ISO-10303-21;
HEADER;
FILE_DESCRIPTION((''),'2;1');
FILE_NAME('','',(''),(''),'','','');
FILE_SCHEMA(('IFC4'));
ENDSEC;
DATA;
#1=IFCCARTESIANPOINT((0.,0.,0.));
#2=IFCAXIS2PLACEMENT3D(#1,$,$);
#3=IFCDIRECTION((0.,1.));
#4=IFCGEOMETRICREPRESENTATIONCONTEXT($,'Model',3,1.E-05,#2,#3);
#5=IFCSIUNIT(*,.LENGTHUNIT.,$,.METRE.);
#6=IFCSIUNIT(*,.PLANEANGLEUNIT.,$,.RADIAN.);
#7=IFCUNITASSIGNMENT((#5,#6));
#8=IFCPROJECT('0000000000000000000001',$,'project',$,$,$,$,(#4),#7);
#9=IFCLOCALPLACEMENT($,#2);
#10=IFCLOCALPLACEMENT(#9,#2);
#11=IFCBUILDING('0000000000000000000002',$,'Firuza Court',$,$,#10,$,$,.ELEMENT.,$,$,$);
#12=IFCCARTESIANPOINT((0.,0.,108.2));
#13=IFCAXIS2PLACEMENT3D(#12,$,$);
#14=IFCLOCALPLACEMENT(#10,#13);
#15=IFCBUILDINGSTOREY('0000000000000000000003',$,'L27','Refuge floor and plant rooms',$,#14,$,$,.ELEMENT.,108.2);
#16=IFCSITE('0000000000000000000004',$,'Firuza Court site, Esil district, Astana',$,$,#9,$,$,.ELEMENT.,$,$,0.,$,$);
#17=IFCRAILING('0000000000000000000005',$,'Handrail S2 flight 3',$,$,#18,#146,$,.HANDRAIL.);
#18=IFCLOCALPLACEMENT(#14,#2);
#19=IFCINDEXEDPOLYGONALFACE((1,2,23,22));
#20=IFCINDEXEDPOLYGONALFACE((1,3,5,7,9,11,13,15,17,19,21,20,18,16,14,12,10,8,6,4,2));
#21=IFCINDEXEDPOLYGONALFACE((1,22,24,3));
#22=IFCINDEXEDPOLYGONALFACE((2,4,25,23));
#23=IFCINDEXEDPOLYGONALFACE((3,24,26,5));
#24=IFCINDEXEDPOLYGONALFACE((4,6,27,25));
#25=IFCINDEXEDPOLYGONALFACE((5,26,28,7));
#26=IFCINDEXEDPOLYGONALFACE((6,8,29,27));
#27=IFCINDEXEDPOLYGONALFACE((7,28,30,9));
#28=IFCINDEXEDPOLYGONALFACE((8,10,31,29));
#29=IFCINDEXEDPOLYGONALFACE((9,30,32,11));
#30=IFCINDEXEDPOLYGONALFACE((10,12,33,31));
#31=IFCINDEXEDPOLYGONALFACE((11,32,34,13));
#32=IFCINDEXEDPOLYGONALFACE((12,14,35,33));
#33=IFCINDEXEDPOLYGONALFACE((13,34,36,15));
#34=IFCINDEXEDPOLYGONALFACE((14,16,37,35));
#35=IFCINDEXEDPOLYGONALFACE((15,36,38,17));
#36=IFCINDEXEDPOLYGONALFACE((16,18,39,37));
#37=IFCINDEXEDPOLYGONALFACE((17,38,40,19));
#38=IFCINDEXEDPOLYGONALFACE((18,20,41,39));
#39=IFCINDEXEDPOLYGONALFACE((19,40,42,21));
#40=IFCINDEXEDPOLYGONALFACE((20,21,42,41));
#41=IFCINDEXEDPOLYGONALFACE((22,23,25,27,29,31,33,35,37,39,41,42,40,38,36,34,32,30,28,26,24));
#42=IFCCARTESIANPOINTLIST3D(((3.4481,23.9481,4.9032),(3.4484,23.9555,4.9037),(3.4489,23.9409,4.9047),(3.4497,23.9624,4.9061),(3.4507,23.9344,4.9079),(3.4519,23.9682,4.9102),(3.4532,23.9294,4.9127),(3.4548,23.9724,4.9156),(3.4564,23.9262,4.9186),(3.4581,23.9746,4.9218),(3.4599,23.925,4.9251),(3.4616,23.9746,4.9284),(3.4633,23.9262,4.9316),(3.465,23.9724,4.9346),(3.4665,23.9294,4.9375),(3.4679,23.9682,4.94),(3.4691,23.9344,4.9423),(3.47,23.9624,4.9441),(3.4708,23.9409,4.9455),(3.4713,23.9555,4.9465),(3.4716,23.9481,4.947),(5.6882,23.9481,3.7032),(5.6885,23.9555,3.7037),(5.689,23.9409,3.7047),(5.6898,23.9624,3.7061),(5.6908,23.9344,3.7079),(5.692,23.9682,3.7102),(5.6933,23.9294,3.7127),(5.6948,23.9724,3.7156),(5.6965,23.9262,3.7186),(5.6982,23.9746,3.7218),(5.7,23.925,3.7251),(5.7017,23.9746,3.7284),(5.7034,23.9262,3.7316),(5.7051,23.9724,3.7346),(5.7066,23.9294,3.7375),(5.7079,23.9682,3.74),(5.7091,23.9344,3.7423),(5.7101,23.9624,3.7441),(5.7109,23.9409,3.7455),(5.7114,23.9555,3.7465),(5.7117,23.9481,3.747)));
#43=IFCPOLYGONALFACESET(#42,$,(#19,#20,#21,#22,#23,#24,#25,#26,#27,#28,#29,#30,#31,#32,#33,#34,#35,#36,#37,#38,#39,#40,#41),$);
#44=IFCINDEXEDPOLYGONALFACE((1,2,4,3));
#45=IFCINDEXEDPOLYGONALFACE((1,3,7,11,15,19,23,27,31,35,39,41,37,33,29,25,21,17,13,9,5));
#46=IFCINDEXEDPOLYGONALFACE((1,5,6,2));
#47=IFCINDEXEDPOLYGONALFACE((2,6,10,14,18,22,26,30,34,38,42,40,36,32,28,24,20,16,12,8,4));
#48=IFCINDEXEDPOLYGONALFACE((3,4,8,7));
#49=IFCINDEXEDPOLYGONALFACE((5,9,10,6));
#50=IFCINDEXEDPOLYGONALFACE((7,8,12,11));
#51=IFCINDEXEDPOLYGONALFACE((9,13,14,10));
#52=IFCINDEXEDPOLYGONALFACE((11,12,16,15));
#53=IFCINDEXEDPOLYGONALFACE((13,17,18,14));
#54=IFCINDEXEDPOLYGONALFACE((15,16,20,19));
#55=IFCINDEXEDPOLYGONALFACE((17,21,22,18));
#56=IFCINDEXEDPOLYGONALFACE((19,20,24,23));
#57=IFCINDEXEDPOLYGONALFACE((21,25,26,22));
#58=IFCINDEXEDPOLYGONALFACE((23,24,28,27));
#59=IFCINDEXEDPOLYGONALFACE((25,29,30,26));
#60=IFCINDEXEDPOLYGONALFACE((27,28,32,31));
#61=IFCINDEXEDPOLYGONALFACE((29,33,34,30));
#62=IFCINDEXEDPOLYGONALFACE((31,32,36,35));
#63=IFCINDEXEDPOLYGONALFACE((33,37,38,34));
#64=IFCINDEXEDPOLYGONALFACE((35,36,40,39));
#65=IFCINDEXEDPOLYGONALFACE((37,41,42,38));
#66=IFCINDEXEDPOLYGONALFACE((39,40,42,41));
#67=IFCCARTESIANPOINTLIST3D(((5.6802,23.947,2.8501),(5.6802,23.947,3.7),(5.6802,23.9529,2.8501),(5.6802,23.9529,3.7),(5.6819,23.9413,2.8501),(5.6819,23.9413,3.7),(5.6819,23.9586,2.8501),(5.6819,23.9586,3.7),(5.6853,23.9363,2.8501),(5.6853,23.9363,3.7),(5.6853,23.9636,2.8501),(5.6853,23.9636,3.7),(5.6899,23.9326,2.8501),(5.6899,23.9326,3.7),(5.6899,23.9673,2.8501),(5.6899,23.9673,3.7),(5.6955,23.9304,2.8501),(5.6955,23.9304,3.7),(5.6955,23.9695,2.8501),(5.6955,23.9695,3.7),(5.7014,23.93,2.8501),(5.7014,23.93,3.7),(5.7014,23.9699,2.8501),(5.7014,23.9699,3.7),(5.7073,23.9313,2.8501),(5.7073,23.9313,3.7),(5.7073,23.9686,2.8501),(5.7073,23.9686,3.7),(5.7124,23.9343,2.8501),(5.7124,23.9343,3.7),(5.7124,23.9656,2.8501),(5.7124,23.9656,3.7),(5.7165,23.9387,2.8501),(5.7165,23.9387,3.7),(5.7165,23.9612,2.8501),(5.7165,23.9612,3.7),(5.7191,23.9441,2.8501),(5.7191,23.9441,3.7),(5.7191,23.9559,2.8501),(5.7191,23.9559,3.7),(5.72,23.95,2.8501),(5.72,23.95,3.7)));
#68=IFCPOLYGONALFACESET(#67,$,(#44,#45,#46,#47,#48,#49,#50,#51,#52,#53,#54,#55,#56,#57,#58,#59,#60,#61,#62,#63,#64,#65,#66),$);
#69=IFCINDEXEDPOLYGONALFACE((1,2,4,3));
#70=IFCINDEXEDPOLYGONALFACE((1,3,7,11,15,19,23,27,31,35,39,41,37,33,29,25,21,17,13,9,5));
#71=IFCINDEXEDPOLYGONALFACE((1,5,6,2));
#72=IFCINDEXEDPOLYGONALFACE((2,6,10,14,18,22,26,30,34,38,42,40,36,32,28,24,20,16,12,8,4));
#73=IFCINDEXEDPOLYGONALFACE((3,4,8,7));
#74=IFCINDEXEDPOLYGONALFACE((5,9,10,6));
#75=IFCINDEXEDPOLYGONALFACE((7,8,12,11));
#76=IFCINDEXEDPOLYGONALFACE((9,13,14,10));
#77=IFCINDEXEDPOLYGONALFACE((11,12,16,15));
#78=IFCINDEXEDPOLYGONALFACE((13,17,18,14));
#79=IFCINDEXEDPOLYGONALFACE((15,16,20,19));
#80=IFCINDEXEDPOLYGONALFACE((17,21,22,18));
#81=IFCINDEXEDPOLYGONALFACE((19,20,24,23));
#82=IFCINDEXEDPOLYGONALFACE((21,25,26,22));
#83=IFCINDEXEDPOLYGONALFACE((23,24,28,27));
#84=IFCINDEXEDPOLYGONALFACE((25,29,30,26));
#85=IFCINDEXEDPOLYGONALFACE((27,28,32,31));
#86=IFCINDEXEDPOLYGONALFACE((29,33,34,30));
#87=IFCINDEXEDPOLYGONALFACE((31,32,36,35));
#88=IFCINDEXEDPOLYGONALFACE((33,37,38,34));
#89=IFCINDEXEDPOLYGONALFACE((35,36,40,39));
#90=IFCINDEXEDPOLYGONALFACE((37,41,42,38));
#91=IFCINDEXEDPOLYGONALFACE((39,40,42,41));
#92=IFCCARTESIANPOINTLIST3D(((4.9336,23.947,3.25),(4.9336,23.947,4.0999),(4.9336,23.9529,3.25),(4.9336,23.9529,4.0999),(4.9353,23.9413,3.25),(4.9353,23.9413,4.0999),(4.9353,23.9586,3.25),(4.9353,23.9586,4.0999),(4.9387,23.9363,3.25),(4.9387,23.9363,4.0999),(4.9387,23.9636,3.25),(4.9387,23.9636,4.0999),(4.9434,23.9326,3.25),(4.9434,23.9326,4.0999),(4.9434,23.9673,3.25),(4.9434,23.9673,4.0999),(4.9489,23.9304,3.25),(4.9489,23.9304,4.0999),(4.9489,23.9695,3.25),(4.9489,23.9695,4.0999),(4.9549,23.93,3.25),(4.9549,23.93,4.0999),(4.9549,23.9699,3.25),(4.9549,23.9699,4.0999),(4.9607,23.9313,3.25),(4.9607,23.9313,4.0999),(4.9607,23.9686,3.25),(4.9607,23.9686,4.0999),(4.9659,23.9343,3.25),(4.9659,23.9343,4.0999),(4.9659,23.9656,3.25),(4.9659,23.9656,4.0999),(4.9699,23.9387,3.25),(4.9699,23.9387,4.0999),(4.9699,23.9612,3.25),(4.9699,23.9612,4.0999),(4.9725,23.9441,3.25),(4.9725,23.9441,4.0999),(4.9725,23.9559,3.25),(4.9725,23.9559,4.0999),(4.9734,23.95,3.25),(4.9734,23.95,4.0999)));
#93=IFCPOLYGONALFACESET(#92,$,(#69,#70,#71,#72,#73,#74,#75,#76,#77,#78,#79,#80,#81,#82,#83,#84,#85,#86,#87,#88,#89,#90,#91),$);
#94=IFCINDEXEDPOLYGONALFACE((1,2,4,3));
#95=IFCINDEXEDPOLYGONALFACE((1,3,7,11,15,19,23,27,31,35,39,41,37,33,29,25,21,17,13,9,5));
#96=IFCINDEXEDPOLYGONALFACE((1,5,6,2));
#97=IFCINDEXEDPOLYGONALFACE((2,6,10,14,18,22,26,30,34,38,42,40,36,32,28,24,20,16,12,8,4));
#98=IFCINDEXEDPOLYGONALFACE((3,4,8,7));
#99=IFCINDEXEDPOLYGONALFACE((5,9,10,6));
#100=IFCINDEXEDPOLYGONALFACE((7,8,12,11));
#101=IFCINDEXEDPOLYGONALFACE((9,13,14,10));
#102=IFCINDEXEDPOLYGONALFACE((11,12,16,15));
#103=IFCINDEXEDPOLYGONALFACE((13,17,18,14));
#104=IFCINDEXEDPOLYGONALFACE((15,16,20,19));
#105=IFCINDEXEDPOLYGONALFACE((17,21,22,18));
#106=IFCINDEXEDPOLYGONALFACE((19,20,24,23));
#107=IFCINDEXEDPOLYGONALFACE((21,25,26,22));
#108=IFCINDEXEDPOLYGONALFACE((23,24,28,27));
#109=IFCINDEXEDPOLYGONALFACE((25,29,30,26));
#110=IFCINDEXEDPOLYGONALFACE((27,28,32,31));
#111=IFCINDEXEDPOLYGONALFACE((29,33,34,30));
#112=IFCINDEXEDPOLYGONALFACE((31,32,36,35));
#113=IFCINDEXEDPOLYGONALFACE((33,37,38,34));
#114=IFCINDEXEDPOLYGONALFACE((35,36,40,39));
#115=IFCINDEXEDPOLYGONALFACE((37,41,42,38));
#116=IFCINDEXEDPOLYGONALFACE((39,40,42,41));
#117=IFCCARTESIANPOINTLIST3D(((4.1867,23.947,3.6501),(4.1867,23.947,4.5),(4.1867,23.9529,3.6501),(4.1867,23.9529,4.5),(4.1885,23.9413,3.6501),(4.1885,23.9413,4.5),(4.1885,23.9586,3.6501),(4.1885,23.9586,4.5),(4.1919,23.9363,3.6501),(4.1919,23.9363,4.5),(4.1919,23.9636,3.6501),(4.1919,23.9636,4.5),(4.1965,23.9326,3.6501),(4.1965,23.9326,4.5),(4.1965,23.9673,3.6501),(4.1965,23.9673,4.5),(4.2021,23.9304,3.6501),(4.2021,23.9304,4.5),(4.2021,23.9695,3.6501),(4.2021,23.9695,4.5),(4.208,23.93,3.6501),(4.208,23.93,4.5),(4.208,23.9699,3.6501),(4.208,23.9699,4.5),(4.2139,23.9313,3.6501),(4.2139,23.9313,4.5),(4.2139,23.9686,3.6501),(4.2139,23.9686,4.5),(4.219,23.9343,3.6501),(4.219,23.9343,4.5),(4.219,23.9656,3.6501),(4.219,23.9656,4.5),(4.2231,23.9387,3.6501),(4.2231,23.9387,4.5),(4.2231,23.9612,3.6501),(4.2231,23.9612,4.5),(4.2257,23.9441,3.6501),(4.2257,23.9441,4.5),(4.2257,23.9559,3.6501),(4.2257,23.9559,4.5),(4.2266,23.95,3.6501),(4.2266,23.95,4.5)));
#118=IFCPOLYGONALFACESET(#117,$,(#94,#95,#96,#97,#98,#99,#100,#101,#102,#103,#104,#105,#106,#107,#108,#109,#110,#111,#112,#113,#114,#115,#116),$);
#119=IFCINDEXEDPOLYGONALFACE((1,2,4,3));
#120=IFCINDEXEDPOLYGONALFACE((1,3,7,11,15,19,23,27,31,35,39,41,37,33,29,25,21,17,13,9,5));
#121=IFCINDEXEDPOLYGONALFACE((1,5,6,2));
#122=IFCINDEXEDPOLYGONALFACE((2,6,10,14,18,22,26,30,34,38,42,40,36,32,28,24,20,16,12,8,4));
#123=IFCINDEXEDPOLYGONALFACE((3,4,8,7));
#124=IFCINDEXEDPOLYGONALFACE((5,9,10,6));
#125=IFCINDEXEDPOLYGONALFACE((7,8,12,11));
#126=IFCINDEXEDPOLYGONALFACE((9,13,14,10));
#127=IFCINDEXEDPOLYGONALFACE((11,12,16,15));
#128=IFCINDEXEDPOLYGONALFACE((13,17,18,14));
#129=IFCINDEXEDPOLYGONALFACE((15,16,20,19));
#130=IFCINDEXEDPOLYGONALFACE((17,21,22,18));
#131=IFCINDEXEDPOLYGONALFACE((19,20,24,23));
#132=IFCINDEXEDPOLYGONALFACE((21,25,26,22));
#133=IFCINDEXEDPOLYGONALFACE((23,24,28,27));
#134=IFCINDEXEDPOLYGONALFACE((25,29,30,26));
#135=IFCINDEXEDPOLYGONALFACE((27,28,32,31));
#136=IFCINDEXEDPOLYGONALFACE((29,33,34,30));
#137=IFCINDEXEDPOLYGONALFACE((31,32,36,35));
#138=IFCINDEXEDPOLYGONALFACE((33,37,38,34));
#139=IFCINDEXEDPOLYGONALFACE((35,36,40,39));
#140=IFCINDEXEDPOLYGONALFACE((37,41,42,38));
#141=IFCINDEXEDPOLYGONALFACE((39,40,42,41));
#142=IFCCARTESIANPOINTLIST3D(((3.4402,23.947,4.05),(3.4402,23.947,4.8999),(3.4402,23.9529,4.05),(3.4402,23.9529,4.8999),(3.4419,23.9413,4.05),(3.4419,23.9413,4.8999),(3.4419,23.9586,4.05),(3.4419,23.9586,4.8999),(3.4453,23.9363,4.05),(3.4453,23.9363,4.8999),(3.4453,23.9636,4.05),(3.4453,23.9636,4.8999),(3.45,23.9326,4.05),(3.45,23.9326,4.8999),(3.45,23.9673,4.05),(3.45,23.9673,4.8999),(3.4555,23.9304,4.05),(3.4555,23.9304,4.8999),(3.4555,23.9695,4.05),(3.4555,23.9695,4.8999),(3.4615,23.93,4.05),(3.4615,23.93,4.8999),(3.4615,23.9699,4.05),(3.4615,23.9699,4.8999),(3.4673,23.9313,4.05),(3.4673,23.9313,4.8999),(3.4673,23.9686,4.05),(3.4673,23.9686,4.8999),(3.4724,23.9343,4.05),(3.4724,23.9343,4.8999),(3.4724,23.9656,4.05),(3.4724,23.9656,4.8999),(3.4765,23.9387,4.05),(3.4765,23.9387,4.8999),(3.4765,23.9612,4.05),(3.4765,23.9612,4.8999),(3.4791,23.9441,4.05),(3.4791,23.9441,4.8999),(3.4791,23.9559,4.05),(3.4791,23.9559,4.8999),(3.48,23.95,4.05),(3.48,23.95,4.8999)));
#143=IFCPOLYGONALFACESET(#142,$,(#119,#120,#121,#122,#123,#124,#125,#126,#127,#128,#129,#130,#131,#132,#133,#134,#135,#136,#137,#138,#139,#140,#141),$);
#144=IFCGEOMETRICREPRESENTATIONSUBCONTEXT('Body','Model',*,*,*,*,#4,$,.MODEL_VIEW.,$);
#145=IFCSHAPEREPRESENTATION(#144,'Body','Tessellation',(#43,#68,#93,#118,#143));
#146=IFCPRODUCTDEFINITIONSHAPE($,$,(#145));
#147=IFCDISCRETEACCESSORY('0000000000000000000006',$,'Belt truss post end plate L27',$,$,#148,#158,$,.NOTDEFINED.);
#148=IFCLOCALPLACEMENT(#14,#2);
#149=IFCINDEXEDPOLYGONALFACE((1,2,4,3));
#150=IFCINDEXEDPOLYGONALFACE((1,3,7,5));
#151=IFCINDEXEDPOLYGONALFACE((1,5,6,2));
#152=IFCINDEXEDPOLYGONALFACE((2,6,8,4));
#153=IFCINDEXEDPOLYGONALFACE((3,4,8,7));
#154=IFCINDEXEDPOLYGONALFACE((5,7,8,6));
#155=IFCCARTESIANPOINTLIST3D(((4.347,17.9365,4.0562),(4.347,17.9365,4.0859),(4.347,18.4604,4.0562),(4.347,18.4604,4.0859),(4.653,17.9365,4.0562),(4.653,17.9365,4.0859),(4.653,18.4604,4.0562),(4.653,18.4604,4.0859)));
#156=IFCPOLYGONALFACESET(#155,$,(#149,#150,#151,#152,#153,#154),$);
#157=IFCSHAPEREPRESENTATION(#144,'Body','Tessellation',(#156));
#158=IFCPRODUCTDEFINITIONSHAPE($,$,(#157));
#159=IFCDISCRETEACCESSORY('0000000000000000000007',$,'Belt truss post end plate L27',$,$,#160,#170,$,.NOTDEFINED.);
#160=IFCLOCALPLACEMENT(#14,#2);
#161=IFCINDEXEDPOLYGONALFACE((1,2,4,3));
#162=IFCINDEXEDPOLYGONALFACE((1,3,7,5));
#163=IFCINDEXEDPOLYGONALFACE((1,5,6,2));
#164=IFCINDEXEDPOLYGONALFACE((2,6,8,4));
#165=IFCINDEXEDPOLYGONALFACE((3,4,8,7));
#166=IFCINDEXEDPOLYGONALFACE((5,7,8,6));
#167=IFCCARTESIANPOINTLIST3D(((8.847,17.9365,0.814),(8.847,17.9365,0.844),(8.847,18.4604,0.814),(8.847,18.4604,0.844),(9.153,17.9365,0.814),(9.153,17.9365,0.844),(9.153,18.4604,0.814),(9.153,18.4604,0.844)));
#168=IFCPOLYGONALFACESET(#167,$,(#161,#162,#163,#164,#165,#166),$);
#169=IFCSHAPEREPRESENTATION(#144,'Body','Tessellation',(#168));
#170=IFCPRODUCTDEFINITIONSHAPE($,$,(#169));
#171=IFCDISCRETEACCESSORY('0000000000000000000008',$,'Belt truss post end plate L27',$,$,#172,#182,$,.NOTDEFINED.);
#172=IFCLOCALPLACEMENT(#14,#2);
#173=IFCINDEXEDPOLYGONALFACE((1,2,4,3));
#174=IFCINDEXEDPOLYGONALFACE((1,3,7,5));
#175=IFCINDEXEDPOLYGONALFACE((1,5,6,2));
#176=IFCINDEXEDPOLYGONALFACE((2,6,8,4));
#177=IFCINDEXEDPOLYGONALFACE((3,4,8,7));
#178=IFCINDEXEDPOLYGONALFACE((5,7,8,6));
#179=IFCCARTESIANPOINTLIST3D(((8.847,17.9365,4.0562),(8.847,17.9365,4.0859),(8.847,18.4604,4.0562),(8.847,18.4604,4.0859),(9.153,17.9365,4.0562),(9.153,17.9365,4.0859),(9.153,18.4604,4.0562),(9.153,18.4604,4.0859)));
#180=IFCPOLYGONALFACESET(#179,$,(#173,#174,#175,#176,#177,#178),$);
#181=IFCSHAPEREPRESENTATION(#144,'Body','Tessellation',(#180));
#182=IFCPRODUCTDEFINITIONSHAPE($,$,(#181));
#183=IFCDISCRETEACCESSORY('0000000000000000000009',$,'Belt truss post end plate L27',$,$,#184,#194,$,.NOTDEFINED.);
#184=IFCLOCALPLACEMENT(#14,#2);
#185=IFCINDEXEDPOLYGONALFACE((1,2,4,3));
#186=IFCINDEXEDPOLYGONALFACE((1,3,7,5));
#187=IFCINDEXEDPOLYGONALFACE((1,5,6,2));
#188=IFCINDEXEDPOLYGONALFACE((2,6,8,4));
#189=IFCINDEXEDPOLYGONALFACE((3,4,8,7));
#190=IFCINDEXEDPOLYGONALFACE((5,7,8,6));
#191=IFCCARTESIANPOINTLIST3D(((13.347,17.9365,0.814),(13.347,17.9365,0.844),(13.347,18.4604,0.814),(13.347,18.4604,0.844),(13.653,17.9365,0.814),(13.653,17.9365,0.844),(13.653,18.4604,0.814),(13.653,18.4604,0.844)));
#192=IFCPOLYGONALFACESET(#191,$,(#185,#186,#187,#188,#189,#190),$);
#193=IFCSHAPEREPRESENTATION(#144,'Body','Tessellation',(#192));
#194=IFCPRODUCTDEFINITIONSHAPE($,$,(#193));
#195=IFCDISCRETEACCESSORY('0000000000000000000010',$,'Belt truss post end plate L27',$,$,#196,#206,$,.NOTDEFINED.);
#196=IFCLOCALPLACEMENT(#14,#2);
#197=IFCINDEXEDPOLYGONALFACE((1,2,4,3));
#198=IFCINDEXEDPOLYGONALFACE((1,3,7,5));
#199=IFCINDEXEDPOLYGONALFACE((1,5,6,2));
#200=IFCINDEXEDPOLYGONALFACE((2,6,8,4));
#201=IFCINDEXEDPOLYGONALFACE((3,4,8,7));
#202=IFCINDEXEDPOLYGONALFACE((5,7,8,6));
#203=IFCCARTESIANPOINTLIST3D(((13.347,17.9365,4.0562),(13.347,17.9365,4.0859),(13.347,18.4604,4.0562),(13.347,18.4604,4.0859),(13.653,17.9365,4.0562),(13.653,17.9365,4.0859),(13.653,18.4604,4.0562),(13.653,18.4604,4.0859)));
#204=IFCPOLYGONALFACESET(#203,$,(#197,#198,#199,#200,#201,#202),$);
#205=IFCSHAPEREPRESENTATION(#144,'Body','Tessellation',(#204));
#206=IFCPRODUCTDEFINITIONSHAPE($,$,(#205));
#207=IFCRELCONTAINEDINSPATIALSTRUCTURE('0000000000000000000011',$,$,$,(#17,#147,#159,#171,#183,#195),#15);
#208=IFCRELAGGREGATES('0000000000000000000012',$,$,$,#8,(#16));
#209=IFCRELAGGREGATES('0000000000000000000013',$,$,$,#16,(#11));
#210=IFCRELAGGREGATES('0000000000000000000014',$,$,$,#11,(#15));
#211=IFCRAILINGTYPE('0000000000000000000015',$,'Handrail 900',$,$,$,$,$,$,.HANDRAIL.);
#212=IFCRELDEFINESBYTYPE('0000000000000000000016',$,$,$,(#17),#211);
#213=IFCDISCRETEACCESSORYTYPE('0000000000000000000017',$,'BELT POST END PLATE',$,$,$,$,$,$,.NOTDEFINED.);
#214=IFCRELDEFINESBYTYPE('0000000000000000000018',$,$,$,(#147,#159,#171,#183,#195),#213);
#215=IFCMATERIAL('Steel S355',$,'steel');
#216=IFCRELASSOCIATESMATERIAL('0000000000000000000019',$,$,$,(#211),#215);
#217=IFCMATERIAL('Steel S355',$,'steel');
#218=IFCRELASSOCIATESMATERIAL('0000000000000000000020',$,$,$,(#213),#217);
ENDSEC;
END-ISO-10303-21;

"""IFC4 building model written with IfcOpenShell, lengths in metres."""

from ifc_helpers import new_model, si_unit, direction, frame, origin, origin_2d, place, context, subcontext, project, spatial, rectangle, circle, extrude, material, material_profile, profile_set, type_object, element, save


model = new_model("IFC4")

# Units and contexts
model_context = context("Model", 3, precision=1e-05, world=origin(), true_north=direction((0.0, 1.0)))
body_context = subcontext(model_context, "Body", "Model", "MODEL_VIEW")
ifc_project = project(units=[si_unit("LENGTHUNIT", "METRE"), si_unit("PLANEANGLEUNIT", "RADIAN")], contexts=[model_context])

# Site, building, storey
site_placement = place(None, origin())
site = spatial("IfcSite", under=ifc_project, at=site_placement, Name="Firuza Court site, Esil district, Astana", CompositionType="ELEMENT", RefElevation=0.0)
building_placement = place(site_placement, origin())
building = spatial("IfcBuilding", under=site, at=building_placement, Name="Firuza Court", CompositionType="ELEMENT")
storey_placement = place(building_placement, frame((0.0, 0.0, 108.2)))
storey = spatial("IfcBuildingStorey", under=building, at=storey_placement, Name="L27", Description="Refuge floor and plant rooms", CompositionType="ELEMENT", Elevation=108.2)

# Railing
ifc_material_1 = material(Name="Steel S355", Category="steel")
railing_type = type_object("IfcRailingType", Name="Handrail 900", PredefinedType="HANDRAIL", material=ifc_material_1)
for number, where, name in (
    (1, (5.7, 23.95, 2.8501), "Handrail S2 flight 3"),
):
    element("IfcRailing", number, at=place(storey_placement, frame(where)), inside=storey, type_object=railing_type, Name=name, PredefinedType="HANDRAIL", context=body_context, shape_type="SweptSolid", body=[
        extrude(circle(Radius=0.0249, at=origin_2d()), frame((0.0, 0.0, 0.875), z_axis=(-0.881487, 0.0, 0.472208), x_axis=(0.0, -1.0, 0.0)), (0.0, 0.0, 1.0), 2.5413),
        extrude(circle(Radius=0.02, at=origin_2d()), origin(), (0.0, 0.0, 1.0), 0.8499),
        extrude(circle(Radius=0.02, at=origin_2d()), frame((-0.7466, 0.0, 0.3999)), (0.0, 0.0, 1.0), 0.8499),
        extrude(circle(Radius=0.02, at=origin_2d()), frame((-1.4934, 0.0, 0.8)), (0.0, 0.0, 1.0), 0.8499),
        extrude(circle(Radius=0.02, at=origin_2d()), frame((-2.24, 0.0, 1.2)), (0.0, 0.0, 1.0), 0.8499),
    ])

# Discrete accessories
ifc_material_2 = material(Name="Steel S355", Category="steel")
ifc_material_profile_1 = material_profile(ifc_material_2, rectangle(XDim=0.3059, YDim=0.5239, at=origin_2d()), Name="PL 306X524")
ifc_profile_set_1 = profile_set([ifc_material_profile_1], Name="Steel S355")
discrete_accessory_type = type_object("IfcDiscreteAccessoryType", Name="BELT POST END PLATE", PredefinedType="NOTDEFINED", material=ifc_profile_set_1)
discrete_accessory_1_placement = place(storey_placement, frame((4.5, 18.1985, 4.0562), z_axis=(0.0, 0.0, 1.0), x_axis=(1.0, 0.0, 0.0)))
element("IfcDiscreteAccessory", 2, at=discrete_accessory_1_placement, inside=storey, type_object=discrete_accessory_type, Name="Belt truss post end plate L27", PredefinedType="NOTDEFINED", context=body_context, shape_type="SweptSolid", body=[
    extrude(rectangle(XDim=0.3059, YDim=0.5239, at=origin_2d()), origin(), (0.0, 0.0, 1.0), 0.0298),
])
discrete_accessory_2_placement = place(storey_placement, frame((9.0, 18.1985, 0.814), z_axis=(0.0, 0.0, 1.0), x_axis=(1.0, 0.0, 0.0)))
element("IfcDiscreteAccessory", 3, at=discrete_accessory_2_placement, inside=storey, type_object=discrete_accessory_type, Name="Belt truss post end plate L27", PredefinedType="NOTDEFINED", context=body_context, shape_type="SweptSolid", body=[
    extrude(rectangle(XDim=0.3059, YDim=0.5239, at=origin_2d()), origin(), (0.0, 0.0, 1.0), 0.03),
])
discrete_accessory_3_placement = place(storey_placement, frame((9.0, 18.1985, 4.0562), z_axis=(0.0, 0.0, 1.0), x_axis=(1.0, 0.0, 0.0)))
element("IfcDiscreteAccessory", 4, at=discrete_accessory_3_placement, inside=storey, type_object=discrete_accessory_type, Name="Belt truss post end plate L27", PredefinedType="NOTDEFINED", context=body_context, shape_type="SweptSolid", body=[
    extrude(rectangle(XDim=0.3059, YDim=0.5239, at=origin_2d()), origin(), (0.0, 0.0, 1.0), 0.0298),
])
discrete_accessory_4_placement = place(storey_placement, frame((13.5, 18.1985, 0.814), z_axis=(0.0, 0.0, 1.0), x_axis=(1.0, 0.0, 0.0)))
element("IfcDiscreteAccessory", 5, at=discrete_accessory_4_placement, inside=storey, type_object=discrete_accessory_type, Name="Belt truss post end plate L27", PredefinedType="NOTDEFINED", context=body_context, shape_type="SweptSolid", body=[
    extrude(rectangle(XDim=0.3059, YDim=0.5239, at=origin_2d()), origin(), (0.0, 0.0, 1.0), 0.03),
])
discrete_accessory_5_placement = place(storey_placement, frame((13.5, 18.1985, 4.0562), z_axis=(0.0, 0.0, 1.0), x_axis=(1.0, 0.0, 0.0)))
element("IfcDiscreteAccessory", 6, at=discrete_accessory_5_placement, inside=storey, type_object=discrete_accessory_type, Name="Belt truss post end plate L27", PredefinedType="NOTDEFINED", context=body_context, shape_type="SweptSolid", body=[
    extrude(rectangle(XDim=0.3059, YDim=0.5239, at=origin_2d()), origin(), (0.0, 0.0, 1.0), 0.0298),
])

save(model, "model.ifc")
